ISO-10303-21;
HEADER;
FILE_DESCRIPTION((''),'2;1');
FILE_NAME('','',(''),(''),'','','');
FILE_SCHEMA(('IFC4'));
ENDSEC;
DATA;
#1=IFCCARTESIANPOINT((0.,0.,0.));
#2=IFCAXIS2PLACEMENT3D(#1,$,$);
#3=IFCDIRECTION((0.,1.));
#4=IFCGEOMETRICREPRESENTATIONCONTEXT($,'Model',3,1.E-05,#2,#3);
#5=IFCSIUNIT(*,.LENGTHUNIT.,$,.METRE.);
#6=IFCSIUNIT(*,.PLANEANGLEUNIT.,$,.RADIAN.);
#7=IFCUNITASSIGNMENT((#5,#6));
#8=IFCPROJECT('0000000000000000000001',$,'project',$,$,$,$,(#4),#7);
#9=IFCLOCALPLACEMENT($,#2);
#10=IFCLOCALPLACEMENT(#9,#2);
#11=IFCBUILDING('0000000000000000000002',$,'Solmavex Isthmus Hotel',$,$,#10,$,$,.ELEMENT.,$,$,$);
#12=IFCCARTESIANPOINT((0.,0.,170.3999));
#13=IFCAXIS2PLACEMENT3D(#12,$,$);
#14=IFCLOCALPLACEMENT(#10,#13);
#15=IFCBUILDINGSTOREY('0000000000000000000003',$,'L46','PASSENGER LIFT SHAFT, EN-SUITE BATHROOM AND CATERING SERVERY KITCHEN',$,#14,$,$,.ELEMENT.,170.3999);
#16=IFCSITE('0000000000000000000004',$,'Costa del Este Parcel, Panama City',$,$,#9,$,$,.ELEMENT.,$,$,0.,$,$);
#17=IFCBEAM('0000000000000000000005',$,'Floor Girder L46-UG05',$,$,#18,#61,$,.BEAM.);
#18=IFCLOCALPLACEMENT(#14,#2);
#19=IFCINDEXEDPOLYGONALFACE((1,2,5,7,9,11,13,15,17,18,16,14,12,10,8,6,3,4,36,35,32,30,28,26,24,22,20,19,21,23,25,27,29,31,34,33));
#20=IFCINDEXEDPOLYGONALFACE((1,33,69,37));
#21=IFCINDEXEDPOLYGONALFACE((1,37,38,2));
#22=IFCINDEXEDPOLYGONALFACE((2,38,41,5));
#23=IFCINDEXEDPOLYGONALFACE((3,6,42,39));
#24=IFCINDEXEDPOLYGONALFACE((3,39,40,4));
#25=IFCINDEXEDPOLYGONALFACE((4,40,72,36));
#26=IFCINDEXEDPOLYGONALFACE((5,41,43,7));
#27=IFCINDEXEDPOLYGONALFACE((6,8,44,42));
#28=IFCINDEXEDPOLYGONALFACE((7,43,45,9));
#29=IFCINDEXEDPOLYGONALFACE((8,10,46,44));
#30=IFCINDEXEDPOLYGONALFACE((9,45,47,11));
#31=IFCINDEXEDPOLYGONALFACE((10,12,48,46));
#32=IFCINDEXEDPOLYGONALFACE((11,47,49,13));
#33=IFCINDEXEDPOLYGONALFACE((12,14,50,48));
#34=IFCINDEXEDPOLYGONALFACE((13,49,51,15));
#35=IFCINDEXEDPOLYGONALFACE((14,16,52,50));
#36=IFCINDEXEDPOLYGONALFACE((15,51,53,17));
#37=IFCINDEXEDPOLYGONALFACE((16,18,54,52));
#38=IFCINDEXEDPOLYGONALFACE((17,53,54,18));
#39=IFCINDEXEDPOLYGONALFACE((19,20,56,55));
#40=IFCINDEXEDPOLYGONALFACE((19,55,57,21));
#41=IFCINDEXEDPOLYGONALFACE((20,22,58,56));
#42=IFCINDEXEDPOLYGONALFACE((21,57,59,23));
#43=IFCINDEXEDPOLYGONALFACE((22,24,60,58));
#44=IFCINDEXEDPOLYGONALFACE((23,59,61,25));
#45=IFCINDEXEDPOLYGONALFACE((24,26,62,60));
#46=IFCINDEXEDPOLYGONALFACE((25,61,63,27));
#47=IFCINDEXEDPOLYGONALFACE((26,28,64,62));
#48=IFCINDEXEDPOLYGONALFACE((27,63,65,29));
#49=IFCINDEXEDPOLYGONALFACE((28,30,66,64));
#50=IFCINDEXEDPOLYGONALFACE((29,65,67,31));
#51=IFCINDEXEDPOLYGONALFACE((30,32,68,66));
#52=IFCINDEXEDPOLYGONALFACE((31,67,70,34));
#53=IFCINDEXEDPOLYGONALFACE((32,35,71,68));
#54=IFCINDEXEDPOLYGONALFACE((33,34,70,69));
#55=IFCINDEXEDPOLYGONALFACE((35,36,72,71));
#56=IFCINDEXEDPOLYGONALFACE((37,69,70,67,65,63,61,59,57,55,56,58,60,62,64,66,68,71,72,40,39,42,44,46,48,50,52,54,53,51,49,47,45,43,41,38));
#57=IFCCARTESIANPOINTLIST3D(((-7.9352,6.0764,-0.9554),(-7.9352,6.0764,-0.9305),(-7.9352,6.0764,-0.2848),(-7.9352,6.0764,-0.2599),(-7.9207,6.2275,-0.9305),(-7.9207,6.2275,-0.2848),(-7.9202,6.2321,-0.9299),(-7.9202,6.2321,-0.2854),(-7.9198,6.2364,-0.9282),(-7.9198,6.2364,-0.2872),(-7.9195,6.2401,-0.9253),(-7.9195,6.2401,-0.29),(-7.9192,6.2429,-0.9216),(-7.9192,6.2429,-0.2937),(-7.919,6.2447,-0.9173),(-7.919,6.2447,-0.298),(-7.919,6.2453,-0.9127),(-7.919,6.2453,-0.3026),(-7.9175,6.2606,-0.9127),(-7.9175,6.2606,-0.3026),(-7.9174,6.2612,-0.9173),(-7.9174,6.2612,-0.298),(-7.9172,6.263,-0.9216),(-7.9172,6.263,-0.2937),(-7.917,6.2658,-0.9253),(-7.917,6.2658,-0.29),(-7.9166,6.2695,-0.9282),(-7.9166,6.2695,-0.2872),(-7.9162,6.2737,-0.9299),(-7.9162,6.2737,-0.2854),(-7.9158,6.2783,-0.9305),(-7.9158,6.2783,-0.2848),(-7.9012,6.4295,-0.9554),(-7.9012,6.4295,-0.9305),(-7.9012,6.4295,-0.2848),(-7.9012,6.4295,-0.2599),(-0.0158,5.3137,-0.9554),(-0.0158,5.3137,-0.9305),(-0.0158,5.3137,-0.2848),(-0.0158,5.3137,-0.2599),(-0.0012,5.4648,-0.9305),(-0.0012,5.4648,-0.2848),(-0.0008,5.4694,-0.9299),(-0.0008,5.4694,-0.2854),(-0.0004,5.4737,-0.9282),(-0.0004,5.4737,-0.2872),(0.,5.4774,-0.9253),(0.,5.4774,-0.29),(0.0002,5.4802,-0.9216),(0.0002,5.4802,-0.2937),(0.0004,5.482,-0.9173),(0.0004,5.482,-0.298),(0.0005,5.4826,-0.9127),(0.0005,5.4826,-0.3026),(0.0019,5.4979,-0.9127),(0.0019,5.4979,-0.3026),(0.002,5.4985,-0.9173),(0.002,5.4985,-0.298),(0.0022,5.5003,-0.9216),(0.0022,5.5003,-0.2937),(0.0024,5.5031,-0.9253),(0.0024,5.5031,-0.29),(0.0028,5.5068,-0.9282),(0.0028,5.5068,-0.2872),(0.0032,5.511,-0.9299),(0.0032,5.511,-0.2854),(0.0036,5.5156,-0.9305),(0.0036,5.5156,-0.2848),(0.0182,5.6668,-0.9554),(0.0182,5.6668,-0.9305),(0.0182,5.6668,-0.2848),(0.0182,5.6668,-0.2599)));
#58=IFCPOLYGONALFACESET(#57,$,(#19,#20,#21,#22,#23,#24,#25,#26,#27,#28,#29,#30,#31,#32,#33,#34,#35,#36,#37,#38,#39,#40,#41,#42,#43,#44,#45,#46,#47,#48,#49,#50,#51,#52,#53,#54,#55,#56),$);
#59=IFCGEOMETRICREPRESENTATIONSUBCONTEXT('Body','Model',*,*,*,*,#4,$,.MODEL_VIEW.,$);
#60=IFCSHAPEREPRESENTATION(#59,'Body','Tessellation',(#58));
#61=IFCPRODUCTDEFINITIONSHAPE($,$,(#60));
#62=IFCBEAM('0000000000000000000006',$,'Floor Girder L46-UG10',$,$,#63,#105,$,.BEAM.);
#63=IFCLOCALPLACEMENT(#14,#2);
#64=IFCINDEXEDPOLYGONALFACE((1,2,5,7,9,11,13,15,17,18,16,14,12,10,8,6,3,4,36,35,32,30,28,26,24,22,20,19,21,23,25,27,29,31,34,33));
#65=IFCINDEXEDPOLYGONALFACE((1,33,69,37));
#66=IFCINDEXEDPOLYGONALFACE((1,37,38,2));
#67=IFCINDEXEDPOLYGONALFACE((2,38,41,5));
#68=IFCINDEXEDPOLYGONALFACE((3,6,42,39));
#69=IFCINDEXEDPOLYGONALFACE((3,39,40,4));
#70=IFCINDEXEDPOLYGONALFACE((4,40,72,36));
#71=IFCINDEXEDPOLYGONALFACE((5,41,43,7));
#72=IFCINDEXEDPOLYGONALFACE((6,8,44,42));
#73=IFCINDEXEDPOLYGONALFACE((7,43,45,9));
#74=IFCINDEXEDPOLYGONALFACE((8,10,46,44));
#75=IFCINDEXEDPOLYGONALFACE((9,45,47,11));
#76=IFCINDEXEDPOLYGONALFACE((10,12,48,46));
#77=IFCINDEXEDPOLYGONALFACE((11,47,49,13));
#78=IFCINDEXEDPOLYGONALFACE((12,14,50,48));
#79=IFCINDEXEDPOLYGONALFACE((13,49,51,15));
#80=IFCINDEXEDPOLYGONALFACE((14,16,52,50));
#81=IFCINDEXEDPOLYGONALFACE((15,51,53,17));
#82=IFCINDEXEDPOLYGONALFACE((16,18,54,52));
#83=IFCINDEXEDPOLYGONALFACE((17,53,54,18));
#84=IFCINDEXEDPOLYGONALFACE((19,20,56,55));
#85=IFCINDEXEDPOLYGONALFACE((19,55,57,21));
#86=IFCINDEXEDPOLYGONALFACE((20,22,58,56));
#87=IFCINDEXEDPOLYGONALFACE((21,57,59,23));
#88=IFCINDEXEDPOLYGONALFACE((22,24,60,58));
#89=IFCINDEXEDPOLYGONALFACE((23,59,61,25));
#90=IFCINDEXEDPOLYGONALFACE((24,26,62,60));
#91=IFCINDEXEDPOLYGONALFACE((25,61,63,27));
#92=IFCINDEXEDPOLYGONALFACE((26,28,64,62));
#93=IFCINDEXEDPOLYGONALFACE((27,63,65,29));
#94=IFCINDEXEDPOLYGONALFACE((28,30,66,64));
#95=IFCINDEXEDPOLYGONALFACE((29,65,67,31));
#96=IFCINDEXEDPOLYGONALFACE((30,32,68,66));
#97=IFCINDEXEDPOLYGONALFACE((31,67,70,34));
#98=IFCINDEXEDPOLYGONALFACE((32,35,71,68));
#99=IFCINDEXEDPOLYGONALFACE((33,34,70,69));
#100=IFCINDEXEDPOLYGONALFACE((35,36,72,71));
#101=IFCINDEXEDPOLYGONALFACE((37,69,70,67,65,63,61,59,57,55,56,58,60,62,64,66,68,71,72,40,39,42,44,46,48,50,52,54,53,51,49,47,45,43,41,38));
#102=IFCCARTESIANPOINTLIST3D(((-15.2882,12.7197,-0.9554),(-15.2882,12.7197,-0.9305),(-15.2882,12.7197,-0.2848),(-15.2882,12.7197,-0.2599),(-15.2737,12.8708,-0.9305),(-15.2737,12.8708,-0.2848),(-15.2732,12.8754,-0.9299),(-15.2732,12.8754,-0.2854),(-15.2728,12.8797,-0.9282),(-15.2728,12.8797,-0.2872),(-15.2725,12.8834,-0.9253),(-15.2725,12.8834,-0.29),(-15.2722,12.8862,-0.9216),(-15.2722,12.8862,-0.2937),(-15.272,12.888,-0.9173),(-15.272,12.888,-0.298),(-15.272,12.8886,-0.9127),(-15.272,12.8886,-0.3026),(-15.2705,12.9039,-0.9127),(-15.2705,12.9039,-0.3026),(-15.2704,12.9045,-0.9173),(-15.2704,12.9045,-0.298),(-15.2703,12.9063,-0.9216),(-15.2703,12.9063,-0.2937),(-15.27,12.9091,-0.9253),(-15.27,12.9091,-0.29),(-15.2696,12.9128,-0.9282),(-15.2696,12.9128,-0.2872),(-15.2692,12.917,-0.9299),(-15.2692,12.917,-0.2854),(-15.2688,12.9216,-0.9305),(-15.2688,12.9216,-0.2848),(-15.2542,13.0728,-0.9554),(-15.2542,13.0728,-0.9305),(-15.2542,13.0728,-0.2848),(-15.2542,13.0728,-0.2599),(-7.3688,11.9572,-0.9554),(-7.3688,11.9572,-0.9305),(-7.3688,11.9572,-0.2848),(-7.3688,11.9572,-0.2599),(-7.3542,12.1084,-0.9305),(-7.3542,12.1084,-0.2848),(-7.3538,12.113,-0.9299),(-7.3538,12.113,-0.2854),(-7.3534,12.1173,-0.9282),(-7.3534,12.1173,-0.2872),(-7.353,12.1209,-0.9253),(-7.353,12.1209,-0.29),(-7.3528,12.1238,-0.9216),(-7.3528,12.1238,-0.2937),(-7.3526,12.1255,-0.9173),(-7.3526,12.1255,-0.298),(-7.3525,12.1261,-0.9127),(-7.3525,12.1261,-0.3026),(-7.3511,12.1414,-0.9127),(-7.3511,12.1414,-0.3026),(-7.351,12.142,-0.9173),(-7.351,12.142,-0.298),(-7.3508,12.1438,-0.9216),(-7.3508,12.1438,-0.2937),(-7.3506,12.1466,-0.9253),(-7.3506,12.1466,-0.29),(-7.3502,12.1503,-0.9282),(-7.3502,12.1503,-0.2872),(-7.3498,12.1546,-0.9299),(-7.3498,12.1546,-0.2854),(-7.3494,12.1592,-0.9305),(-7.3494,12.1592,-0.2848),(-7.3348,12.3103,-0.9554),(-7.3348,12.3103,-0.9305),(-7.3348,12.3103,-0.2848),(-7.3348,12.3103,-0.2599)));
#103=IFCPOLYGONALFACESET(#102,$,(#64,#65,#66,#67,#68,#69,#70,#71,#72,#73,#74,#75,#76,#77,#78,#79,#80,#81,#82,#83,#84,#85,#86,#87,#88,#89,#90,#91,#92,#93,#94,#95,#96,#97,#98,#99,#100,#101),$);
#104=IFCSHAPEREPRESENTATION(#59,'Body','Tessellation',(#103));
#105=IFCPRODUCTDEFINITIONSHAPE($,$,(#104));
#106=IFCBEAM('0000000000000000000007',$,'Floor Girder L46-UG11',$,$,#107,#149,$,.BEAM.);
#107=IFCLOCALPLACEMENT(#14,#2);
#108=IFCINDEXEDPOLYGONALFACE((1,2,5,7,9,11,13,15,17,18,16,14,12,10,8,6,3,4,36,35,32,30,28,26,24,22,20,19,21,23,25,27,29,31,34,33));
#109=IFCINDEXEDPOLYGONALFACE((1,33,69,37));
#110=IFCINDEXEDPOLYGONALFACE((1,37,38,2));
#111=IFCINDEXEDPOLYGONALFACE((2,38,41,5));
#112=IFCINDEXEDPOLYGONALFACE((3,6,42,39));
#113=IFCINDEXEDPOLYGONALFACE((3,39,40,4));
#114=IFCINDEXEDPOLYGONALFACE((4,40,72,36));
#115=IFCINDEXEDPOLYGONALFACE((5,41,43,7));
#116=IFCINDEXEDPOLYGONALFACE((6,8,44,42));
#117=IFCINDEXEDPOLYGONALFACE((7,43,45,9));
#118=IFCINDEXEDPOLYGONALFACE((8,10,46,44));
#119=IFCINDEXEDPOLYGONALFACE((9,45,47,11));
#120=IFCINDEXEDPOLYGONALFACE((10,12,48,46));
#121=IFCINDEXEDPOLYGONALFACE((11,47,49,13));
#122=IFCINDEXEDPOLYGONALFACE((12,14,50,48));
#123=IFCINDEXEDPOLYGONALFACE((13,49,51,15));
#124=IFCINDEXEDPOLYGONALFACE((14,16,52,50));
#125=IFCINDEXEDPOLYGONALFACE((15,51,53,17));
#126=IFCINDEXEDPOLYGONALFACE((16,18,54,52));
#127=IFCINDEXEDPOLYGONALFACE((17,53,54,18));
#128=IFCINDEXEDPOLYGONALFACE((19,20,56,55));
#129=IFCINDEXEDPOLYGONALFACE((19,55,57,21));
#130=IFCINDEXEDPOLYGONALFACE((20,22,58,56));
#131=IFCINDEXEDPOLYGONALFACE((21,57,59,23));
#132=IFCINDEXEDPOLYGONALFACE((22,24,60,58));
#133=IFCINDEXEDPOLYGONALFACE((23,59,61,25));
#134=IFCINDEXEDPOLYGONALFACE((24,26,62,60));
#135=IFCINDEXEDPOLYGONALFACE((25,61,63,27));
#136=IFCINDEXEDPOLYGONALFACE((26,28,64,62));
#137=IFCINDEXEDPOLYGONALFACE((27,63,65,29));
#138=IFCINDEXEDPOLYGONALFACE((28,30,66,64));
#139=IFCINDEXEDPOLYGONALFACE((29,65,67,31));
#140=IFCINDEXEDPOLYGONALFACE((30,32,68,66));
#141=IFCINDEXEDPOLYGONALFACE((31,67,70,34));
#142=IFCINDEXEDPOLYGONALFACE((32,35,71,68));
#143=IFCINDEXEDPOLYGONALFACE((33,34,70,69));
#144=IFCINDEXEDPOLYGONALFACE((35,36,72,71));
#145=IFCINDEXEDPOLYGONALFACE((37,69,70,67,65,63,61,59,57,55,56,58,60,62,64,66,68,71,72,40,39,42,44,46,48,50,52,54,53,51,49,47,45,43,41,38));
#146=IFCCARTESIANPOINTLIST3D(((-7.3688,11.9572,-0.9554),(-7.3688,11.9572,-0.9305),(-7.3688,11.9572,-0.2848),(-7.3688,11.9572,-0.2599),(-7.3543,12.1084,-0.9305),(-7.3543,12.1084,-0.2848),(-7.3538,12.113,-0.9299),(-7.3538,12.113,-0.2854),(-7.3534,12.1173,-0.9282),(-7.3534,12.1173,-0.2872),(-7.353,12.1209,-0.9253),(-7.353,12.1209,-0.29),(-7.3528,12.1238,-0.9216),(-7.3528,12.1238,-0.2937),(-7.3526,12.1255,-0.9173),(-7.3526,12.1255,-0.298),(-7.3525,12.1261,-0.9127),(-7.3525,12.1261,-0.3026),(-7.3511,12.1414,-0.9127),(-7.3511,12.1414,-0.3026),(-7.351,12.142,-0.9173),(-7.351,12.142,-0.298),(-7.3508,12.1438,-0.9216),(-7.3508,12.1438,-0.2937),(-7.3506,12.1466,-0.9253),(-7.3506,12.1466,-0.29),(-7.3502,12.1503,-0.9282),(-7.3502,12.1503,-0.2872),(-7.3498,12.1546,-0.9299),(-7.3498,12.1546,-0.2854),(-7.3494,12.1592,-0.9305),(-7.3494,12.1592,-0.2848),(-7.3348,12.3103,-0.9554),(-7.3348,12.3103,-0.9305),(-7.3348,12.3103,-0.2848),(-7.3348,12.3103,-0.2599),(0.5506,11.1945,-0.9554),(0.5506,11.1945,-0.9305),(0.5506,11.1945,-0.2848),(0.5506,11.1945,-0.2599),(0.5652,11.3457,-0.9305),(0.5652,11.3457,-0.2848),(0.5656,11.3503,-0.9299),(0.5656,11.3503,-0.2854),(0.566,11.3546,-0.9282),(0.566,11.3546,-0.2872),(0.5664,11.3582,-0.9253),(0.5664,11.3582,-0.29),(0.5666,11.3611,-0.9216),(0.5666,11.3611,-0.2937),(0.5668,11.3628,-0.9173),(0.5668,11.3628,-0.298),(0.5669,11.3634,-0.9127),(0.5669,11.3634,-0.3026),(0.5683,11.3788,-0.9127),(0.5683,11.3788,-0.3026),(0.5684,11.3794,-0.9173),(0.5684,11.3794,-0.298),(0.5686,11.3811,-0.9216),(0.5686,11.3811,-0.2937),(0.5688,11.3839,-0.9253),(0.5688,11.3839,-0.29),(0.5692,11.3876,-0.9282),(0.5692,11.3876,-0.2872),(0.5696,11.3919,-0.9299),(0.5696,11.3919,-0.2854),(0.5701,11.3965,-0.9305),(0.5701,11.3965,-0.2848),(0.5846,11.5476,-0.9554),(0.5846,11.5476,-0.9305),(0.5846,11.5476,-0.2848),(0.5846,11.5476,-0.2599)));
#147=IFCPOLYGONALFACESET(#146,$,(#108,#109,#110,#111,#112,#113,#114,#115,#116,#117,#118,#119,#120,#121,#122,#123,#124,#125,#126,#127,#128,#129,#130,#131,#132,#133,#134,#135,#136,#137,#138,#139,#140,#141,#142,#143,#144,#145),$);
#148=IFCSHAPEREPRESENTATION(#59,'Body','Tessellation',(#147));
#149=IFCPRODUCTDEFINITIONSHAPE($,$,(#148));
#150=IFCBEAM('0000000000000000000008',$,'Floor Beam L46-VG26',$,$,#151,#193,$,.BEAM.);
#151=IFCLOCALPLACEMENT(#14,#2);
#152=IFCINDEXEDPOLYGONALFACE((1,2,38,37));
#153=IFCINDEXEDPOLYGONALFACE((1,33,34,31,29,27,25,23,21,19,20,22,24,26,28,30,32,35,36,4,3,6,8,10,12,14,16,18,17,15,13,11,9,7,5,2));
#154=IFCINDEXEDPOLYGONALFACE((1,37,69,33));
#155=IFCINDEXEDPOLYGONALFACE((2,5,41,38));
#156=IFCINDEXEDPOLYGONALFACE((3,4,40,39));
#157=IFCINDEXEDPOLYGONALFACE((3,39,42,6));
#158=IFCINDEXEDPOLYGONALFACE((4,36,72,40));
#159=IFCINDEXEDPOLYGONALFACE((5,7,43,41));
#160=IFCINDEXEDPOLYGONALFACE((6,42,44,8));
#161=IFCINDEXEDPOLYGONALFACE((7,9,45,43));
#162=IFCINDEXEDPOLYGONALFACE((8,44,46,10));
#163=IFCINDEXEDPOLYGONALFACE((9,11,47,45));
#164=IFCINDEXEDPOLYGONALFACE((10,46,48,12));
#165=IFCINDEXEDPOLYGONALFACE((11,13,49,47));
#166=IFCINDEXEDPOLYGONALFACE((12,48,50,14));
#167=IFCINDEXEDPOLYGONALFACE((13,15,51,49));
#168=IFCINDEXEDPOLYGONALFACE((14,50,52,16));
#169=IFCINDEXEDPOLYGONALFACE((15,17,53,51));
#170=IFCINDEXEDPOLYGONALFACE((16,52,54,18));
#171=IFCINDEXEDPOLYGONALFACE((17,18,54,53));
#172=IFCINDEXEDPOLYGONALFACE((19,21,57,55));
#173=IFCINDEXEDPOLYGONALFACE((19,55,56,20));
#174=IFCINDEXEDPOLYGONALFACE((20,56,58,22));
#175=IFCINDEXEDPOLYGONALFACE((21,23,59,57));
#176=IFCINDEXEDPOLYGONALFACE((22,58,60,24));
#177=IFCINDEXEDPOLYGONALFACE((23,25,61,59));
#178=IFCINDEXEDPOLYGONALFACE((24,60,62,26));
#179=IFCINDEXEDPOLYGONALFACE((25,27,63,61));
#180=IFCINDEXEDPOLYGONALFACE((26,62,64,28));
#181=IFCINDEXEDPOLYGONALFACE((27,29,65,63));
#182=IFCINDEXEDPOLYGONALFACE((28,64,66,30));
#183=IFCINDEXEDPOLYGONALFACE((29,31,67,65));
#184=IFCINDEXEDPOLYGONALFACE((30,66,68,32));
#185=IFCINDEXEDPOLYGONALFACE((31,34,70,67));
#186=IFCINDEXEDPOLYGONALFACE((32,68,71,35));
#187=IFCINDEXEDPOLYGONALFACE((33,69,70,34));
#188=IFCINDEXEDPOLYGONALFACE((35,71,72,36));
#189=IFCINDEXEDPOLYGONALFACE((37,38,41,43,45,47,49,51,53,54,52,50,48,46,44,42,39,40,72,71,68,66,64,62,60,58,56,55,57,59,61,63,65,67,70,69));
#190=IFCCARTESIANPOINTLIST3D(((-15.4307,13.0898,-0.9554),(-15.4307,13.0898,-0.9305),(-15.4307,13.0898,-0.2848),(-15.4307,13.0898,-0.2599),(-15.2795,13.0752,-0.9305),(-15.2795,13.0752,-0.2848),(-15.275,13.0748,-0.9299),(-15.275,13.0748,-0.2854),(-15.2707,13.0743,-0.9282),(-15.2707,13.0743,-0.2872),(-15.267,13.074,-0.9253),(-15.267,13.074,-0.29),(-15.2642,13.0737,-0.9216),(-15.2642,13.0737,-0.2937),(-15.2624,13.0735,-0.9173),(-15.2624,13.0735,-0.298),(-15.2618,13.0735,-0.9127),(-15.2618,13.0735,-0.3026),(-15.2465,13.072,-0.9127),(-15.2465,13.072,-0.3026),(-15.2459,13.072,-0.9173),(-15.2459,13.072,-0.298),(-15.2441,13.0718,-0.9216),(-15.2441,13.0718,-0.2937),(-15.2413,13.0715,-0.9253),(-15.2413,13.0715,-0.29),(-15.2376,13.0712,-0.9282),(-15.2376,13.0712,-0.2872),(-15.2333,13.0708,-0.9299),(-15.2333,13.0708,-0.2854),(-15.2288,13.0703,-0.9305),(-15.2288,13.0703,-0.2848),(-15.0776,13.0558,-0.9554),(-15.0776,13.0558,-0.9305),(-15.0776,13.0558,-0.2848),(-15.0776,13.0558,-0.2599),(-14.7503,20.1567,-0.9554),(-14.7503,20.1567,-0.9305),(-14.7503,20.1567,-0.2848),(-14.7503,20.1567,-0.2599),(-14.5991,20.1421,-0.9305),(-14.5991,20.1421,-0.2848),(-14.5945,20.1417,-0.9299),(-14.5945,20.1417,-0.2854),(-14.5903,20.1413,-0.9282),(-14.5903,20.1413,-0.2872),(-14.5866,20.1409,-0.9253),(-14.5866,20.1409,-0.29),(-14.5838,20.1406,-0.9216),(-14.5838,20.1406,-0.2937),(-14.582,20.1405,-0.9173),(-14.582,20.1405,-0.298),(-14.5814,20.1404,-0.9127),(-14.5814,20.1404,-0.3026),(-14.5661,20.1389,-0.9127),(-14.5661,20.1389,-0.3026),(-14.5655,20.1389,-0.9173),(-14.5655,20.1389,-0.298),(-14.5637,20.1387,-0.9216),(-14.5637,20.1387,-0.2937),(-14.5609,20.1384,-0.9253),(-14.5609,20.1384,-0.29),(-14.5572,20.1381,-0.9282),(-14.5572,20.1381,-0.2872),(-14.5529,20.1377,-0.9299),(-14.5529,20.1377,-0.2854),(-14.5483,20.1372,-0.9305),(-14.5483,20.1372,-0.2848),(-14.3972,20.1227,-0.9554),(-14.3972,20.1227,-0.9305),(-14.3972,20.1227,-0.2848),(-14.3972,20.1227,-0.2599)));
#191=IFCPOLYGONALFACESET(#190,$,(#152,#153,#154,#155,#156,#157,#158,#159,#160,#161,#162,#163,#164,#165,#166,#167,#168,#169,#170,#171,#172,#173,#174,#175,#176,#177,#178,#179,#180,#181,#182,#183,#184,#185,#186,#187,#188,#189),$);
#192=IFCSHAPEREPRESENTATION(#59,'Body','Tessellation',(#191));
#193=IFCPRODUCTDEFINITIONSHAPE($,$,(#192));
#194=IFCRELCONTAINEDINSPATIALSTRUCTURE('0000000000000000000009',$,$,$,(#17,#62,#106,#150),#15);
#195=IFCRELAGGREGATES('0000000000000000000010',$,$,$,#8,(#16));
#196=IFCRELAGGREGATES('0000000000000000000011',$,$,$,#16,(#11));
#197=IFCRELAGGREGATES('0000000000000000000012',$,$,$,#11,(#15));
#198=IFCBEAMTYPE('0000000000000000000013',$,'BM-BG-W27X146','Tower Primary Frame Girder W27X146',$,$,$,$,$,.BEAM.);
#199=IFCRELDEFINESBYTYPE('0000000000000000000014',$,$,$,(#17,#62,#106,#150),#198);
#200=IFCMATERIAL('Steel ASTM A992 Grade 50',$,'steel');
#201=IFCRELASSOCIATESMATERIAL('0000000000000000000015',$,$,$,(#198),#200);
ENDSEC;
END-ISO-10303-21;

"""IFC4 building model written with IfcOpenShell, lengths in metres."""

from ifc_helpers import new_model, si_unit, direction, frame, origin, origin_2d, place, context, subcontext, project, spatial, i_section, extrude, material, material_profile, profile_set, type_object, element, save


model = new_model("IFC4")

# Units and contexts
model_context = context("Model", 3, precision=1e-05, world=origin(), true_north=direction((0.0, 1.0)))
body_context = subcontext(model_context, "Body", "Model", "MODEL_VIEW")
ifc_project = project(units=[si_unit("LENGTHUNIT", "METRE"), si_unit("PLANEANGLEUNIT", "RADIAN")], contexts=[model_context])

# Site, building, storey
site_placement = place(None, origin())
site = spatial("IfcSite", under=ifc_project, at=site_placement, Name="Costa del Este Parcel, Panama City", CompositionType="ELEMENT", RefElevation=0.0)
building_placement = place(site_placement, origin())
building = spatial("IfcBuilding", under=site, at=building_placement, Name="Solmavex Isthmus Hotel", CompositionType="ELEMENT")
storey_placement = place(building_placement, frame((0.0, 0.0, 170.3999)))
storey = spatial("IfcBuildingStorey", under=building, at=storey_placement, Name="L46", Description="PASSENGER LIFT SHAFT, EN-SUITE BATHROOM AND CATERING SERVERY KITCHEN", CompositionType="ELEMENT", Elevation=170.3999)

# Beams
ifc_material_1 = material(Name="Steel ASTM A992 Grade 50", Category="steel")
ifc_material_profile_1 = material_profile(ifc_material_1, i_section(OverallWidth=0.3547, OverallDepth=0.6956, WebThickness=0.0154, FlangeThickness=0.0249, FilletRadius=0.0178, at=origin_2d()), Name="W27X146")
ifc_profile_set_1 = profile_set([ifc_material_profile_1], Name="Steel ASTM A992 Grade 50")
beam_type_1 = type_object("IfcBeamType", Name="BM-BG-W27X146", Description="Tower Primary Frame Girder W27X146", PredefinedType="BEAM", material=ifc_profile_set_1)
for number, where, z_axis, x_axis, name in (
    (1, (-7.9182, 6.2529, -0.6077), (0.995395, -0.095863, 0.0), (0.095863, 0.995395, 0.0), "Floor Girder L46-UG05"),
    (2, (-15.2712, 12.8962, -0.6077), (0.995397, -0.095833, 0.0), (0.095833, 0.995397, 0.0), "Floor Girder L46-UG10"),
    (3, (-7.3518, 12.1338, -0.6077), (0.995395, -0.095863, 0.0), (0.095863, 0.995395, 0.0), "Floor Girder L46-UG11"),
):
    element("IfcBeam", number, at=place(storey_placement, frame(where, z_axis=z_axis, x_axis=x_axis)), inside=storey, type_object=beam_type_1, Name=name, PredefinedType="BEAM", context=body_context, shape_type="SweptSolid", body=[
        extrude(i_section(OverallWidth=0.3547, OverallDepth=0.6956, WebThickness=0.0154, FlangeThickness=0.0249, FilletRadius=0.0178, at=origin_2d()), origin(), (0.0, 0.0, 1.0), 7.9561),
    ])
beam_1_placement = place(storey_placement, frame((-15.2542, 13.0728, -0.6077), z_axis=(0.09584, 0.995397, 0.0), x_axis=(-0.995397, 0.09584, 0.0)))
element("IfcBeam", 4, at=beam_1_placement, inside=storey, type_object=beam_type_1, Name="Floor Beam L46-VG26", PredefinedType="BEAM", context=body_context, shape_type="SweptSolid", body=[
    extrude(i_section(OverallWidth=0.3547, OverallDepth=0.6956, WebThickness=0.0154, FlangeThickness=0.0249, FilletRadius=0.0178, at=origin_2d()), origin(), (0.0, 0.0, 1.0), 7.0996),
])

save(model, "model.ifc")
